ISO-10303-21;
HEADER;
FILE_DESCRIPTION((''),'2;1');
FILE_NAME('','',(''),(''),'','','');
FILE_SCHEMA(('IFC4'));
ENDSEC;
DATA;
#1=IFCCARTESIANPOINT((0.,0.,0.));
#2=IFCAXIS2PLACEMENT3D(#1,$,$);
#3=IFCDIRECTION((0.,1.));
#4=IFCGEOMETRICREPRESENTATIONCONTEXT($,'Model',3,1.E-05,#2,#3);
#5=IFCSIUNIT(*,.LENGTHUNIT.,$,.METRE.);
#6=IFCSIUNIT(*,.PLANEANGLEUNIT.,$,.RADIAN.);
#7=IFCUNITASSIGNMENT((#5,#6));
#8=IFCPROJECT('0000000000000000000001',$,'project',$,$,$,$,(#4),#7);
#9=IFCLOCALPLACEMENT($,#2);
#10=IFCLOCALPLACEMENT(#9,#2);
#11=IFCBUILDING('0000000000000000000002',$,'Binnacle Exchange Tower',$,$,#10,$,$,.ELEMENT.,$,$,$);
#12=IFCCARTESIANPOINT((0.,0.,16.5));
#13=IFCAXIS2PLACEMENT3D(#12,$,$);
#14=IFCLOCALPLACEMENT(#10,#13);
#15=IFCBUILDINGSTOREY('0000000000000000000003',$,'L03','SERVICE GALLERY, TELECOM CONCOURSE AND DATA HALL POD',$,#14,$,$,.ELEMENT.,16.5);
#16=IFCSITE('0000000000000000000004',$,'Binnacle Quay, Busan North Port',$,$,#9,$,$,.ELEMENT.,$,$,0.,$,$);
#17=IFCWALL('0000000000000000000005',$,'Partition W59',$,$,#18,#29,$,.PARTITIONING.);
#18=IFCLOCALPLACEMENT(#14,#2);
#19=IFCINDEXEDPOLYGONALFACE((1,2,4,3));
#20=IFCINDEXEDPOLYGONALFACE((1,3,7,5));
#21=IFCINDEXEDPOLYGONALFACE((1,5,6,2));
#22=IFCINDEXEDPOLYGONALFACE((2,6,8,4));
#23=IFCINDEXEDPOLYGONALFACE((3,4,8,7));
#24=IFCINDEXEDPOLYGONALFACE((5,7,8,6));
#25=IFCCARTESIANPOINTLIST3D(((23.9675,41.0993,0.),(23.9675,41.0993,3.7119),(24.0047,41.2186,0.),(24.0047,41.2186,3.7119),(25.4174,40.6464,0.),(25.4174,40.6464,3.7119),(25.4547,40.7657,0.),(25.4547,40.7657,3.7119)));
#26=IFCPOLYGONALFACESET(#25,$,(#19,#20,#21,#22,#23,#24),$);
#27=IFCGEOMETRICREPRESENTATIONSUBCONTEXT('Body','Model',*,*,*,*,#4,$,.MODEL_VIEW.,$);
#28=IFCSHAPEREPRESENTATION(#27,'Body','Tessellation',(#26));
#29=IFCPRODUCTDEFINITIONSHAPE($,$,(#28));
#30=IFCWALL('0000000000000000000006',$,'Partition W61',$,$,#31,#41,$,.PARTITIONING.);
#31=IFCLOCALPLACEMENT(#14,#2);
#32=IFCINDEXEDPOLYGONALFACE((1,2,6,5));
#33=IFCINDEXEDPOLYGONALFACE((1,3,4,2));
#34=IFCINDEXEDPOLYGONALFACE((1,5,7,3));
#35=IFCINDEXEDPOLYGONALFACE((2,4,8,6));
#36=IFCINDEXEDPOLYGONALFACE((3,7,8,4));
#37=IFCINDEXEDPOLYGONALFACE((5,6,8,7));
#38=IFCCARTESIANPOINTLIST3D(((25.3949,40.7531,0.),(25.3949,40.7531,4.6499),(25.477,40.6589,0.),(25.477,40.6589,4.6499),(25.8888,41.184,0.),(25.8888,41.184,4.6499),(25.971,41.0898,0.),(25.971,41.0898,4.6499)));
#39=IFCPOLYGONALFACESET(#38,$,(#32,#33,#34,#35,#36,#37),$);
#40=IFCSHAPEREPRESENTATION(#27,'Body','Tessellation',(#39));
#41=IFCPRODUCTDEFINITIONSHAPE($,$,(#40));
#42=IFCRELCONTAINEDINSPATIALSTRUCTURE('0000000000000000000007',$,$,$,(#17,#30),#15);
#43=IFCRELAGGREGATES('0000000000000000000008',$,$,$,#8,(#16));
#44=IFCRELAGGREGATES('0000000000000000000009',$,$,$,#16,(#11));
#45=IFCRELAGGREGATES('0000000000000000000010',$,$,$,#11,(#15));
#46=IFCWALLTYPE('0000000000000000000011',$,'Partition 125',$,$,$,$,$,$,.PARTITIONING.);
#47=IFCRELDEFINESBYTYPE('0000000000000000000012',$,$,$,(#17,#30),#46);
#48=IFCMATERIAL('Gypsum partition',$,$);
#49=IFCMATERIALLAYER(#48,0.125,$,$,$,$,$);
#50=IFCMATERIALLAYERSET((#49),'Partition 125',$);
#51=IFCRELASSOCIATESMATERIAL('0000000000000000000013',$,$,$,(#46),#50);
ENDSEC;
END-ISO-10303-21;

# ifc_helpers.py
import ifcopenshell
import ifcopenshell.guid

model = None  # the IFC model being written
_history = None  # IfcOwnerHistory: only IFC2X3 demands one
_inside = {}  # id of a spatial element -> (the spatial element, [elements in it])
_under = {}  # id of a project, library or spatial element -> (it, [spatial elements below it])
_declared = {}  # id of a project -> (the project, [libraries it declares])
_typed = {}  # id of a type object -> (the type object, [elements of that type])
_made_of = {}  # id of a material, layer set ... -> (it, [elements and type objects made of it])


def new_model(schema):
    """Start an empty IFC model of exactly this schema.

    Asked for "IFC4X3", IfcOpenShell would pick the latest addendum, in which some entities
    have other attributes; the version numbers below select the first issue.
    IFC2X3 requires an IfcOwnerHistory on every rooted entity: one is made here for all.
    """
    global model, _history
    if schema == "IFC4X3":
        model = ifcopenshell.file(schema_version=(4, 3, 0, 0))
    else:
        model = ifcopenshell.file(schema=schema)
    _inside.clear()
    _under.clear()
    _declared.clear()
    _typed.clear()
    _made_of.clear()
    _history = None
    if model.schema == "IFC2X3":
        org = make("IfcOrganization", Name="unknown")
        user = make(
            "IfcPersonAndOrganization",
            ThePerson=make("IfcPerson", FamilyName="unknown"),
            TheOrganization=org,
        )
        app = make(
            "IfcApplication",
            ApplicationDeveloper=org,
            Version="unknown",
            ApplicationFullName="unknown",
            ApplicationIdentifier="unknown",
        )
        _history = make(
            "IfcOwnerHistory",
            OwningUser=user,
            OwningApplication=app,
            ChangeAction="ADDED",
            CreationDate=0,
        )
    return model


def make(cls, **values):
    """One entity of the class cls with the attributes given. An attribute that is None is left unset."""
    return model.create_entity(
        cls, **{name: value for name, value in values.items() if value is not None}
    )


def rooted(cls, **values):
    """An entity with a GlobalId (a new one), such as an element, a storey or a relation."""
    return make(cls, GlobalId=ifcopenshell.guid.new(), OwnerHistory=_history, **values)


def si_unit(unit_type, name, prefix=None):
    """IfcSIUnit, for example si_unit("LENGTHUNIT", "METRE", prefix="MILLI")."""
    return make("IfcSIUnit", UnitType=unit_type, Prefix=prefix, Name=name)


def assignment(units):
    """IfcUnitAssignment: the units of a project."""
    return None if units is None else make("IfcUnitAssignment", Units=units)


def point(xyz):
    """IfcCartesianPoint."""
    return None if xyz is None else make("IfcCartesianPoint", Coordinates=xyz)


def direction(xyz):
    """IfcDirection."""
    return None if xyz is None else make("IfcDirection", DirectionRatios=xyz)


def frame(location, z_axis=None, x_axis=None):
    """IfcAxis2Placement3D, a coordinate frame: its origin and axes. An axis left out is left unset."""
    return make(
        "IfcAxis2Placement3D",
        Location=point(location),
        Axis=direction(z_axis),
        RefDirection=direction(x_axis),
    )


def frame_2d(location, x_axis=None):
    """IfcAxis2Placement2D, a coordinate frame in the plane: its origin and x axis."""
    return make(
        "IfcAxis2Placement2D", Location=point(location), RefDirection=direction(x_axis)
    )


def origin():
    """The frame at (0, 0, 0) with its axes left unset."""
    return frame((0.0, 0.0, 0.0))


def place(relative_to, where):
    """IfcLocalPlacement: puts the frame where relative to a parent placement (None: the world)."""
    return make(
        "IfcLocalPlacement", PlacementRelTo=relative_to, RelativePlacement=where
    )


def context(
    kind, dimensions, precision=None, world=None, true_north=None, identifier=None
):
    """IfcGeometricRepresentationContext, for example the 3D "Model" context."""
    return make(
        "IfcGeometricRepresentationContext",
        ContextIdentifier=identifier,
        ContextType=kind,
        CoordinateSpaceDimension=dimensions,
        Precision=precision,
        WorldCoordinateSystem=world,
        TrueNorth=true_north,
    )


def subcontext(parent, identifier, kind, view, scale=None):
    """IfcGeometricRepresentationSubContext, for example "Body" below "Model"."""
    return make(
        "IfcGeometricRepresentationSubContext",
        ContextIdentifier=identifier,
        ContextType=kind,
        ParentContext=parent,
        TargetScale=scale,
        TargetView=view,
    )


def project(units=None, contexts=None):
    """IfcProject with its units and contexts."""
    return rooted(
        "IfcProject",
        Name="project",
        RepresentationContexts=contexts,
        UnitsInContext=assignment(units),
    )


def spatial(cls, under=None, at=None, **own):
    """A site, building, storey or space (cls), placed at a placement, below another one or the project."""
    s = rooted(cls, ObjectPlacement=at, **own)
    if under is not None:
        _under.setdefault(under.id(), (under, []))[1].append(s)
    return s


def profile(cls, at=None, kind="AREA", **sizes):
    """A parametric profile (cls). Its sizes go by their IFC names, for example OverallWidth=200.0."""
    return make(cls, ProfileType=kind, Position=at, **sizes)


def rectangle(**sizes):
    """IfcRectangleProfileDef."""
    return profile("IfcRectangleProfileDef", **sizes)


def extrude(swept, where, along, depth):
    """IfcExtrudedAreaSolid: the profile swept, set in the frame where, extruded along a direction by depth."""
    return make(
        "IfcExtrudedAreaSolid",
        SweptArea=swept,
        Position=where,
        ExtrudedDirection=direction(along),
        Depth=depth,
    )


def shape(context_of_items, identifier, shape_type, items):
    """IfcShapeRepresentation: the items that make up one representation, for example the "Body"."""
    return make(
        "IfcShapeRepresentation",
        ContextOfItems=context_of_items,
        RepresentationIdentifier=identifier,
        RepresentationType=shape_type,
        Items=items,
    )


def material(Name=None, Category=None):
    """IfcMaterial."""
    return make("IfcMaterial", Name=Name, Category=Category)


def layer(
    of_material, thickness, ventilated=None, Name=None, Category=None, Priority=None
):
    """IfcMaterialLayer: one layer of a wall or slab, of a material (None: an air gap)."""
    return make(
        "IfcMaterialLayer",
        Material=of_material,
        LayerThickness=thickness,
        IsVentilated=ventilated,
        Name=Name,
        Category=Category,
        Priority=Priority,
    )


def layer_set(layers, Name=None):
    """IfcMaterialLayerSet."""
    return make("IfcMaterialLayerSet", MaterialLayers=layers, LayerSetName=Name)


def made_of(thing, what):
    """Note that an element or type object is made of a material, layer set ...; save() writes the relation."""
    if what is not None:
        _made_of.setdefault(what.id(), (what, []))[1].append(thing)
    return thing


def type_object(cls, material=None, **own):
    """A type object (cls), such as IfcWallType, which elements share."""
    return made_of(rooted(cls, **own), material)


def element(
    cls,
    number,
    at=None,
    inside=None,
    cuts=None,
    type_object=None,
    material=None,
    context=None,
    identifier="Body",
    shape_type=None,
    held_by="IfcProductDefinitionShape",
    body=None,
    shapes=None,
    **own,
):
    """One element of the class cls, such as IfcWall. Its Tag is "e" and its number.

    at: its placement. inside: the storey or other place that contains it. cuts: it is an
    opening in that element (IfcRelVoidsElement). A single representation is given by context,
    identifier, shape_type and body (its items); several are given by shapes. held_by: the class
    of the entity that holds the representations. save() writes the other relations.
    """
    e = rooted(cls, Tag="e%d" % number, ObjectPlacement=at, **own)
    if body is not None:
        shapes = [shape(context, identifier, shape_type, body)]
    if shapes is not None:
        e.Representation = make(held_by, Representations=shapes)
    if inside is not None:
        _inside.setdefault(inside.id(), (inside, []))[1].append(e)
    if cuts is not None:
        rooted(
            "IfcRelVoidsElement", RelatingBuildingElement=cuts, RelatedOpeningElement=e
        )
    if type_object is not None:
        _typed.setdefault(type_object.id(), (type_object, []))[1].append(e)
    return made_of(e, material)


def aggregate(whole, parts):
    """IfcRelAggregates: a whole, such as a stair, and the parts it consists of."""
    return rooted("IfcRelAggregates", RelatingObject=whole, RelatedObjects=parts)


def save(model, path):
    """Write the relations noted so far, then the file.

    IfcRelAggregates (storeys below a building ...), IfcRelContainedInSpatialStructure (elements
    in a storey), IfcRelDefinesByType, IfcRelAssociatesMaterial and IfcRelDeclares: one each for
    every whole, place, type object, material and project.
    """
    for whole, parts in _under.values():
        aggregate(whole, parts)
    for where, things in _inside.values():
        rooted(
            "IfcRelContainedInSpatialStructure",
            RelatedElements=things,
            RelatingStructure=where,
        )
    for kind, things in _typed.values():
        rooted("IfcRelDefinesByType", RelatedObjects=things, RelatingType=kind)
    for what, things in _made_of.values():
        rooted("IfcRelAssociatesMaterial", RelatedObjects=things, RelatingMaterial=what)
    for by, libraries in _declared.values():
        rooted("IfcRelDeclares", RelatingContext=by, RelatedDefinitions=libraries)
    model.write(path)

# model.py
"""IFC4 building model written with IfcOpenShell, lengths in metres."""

from ifc_helpers import new_model, si_unit, direction, frame, frame_2d, origin, place, context, subcontext, project, spatial, rectangle, extrude, material, layer, layer_set, type_object, element, save


model = new_model("IFC4")

# Units and contexts
model_context = context("Model", 3, precision=1e-05, world=origin(), true_north=direction((0.0, 1.0)))
body_context = subcontext(model_context, "Body", "Model", "MODEL_VIEW")
ifc_project = project(units=[si_unit("LENGTHUNIT", "METRE"), si_unit("PLANEANGLEUNIT", "RADIAN")], contexts=[model_context])

# Site, building, storey
site_placement = place(None, origin())
site = spatial("IfcSite", under=ifc_project, at=site_placement, Name="Binnacle Quay, Busan North Port", CompositionType="ELEMENT", RefElevation=0.0)
building_placement = place(site_placement, origin())
building = spatial("IfcBuilding", under=site, at=building_placement, Name="Binnacle Exchange Tower", CompositionType="ELEMENT")
storey_placement = place(building_placement, frame((0.0, 0.0, 16.5)))
storey = spatial("IfcBuildingStorey", under=building, at=storey_placement, Name="L03", Description="SERVICE GALLERY, TELECOM CONCOURSE AND DATA HALL POD", CompositionType="ELEMENT", Elevation=16.5)

# Walls
ifc_material_1 = material(Name="Gypsum partition")
ifc_layer_1 = layer(ifc_material_1, 0.125)
ifc_layer_set_1 = layer_set([ifc_layer_1], Name="Partition 125")
wall_type_1 = type_object("IfcWallType", Name="Partition 125", PredefinedType="PARTITIONING", material=ifc_layer_set_1)
wall_1_placement = place(storey_placement, frame((23.9861, 41.1589, 0.0), z_axis=(0.0, 0.0, 1.0), x_axis=(0.954523, -0.298138, 0.0)))
element("IfcWall", 1, at=wall_1_placement, inside=storey, type_object=wall_type_1, Name="Partition W59", PredefinedType="PARTITIONING", context=body_context, shape_type="SweptSolid", body=[
    extrude(rectangle(XDim=1.519, YDim=0.125, at=frame_2d((0.7595, 0.0))), origin(), (0.0, 0.0, 1.0), 3.7119),
])
wall_2_placement = place(storey_placement, frame((25.436, 40.7061, 0.0), z_axis=(0.0, 0.0, 1.0), x_axis=(0.753522, 0.657423, 0.0)))
element("IfcWall", 2, at=wall_2_placement, inside=storey, type_object=wall_type_1, Name="Partition W61", PredefinedType="PARTITIONING", context=body_context, shape_type="SweptSolid", body=[
    extrude(rectangle(XDim=0.6555, YDim=0.125, at=frame_2d((0.3276, 0.0))), origin(), (0.0, 0.0, 1.0), 4.6499),
])

save(model, "model.ifc")
